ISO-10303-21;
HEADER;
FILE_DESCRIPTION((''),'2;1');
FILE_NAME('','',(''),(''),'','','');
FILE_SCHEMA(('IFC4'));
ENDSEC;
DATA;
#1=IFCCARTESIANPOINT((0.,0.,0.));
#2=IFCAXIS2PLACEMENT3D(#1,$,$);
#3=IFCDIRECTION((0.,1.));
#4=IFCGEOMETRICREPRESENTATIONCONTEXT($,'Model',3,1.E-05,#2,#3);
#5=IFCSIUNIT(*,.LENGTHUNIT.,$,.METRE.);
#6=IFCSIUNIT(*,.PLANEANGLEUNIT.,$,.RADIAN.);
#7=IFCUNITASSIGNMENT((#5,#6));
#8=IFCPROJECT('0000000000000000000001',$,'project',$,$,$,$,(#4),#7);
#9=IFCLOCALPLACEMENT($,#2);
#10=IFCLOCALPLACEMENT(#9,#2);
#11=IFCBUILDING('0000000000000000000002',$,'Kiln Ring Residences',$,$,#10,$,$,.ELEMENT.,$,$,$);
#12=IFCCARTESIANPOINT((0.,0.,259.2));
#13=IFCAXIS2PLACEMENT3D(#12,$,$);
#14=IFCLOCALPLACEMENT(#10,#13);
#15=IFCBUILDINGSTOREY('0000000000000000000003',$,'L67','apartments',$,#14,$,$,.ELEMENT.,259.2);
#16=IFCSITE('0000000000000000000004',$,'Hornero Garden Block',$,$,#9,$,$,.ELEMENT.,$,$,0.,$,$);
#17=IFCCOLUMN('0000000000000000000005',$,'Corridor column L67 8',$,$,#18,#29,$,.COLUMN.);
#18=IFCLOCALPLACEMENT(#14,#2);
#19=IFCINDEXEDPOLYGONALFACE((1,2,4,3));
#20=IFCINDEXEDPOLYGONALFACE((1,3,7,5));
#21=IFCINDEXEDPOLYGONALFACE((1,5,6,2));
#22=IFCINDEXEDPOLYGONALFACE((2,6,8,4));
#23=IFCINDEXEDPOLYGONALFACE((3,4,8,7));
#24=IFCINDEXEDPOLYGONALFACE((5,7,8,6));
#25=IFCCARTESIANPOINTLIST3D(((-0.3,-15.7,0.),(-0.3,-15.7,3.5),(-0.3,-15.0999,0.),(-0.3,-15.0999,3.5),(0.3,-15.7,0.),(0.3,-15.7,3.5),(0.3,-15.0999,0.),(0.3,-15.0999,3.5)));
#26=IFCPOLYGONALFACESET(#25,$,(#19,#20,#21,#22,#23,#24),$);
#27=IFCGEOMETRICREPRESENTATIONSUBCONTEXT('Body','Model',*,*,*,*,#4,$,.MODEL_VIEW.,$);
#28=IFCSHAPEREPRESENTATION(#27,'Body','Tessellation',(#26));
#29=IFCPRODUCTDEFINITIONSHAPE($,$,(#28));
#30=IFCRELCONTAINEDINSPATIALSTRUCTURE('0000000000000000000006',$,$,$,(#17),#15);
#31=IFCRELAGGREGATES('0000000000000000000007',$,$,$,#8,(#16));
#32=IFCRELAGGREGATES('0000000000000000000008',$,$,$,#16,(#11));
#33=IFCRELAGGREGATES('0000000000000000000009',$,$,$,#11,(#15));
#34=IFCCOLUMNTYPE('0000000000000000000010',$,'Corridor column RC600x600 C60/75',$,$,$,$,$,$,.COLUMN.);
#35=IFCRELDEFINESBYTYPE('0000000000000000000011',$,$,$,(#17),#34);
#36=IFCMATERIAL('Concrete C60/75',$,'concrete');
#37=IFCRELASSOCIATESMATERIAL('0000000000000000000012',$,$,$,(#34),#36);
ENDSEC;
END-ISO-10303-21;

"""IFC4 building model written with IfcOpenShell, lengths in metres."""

from ifc_helpers import new_model, si_unit, direction, frame, origin, origin_2d, place, context, subcontext, project, spatial, rectangle, extrude, material, material_profile, profile_set, type_object, element, save


model = new_model("IFC4")

# Units and contexts
model_context = context("Model", 3, precision=1e-05, world=origin(), true_north=direction((0.0, 1.0)))
body_context = subcontext(model_context, "Body", "Model", "MODEL_VIEW")
ifc_project = project(units=[si_unit("LENGTHUNIT", "METRE"), si_unit("PLANEANGLEUNIT", "RADIAN")], contexts=[model_context])

# Site, building, storey
site_placement = place(None, origin())
site = spatial("IfcSite", under=ifc_project, at=site_placement, Name="Hornero Garden Block", CompositionType="ELEMENT", RefElevation=0.0)
building_placement = place(site_placement, origin())
building = spatial("IfcBuilding", under=site, at=building_placement, Name="Kiln Ring Residences", CompositionType="ELEMENT")
storey_placement = place(building_placement, frame((0.0, 0.0, 259.2)))
storey = spatial("IfcBuildingStorey", under=building, at=storey_placement, Name="L67", Description="apartments", CompositionType="ELEMENT", Elevation=259.2)

# Column
ifc_material_1 = material(Name="Concrete C60/75", Category="concrete")
ifc_material_profile = material_profile(ifc_material_1, rectangle(XDim=0.6001, YDim=0.6001, at=origin_2d()), Name="RC600x600")
ifc_profile_set = profile_set([ifc_material_profile], Name="Concrete C60/75")
column_type = type_object("IfcColumnType", Name="Corridor column RC600x600 C60/75", PredefinedType="COLUMN", material=ifc_profile_set)
column_placement = place(storey_placement, frame((0.0, -15.3999, 0.0), z_axis=(0.0, 0.0, 1.0), x_axis=(1.0, 0.0, 0.0)))
element("IfcColumn", 1, at=column_placement, inside=storey, type_object=column_type, Name="Corridor column L67 8", PredefinedType="COLUMN", context=body_context, shape_type="SweptSolid", body=[
    extrude(rectangle(XDim=0.6001, YDim=0.6001, at=origin_2d()), origin(), (0.0, 0.0, 1.0), 3.5),
])

save(model, "model.ifc")
